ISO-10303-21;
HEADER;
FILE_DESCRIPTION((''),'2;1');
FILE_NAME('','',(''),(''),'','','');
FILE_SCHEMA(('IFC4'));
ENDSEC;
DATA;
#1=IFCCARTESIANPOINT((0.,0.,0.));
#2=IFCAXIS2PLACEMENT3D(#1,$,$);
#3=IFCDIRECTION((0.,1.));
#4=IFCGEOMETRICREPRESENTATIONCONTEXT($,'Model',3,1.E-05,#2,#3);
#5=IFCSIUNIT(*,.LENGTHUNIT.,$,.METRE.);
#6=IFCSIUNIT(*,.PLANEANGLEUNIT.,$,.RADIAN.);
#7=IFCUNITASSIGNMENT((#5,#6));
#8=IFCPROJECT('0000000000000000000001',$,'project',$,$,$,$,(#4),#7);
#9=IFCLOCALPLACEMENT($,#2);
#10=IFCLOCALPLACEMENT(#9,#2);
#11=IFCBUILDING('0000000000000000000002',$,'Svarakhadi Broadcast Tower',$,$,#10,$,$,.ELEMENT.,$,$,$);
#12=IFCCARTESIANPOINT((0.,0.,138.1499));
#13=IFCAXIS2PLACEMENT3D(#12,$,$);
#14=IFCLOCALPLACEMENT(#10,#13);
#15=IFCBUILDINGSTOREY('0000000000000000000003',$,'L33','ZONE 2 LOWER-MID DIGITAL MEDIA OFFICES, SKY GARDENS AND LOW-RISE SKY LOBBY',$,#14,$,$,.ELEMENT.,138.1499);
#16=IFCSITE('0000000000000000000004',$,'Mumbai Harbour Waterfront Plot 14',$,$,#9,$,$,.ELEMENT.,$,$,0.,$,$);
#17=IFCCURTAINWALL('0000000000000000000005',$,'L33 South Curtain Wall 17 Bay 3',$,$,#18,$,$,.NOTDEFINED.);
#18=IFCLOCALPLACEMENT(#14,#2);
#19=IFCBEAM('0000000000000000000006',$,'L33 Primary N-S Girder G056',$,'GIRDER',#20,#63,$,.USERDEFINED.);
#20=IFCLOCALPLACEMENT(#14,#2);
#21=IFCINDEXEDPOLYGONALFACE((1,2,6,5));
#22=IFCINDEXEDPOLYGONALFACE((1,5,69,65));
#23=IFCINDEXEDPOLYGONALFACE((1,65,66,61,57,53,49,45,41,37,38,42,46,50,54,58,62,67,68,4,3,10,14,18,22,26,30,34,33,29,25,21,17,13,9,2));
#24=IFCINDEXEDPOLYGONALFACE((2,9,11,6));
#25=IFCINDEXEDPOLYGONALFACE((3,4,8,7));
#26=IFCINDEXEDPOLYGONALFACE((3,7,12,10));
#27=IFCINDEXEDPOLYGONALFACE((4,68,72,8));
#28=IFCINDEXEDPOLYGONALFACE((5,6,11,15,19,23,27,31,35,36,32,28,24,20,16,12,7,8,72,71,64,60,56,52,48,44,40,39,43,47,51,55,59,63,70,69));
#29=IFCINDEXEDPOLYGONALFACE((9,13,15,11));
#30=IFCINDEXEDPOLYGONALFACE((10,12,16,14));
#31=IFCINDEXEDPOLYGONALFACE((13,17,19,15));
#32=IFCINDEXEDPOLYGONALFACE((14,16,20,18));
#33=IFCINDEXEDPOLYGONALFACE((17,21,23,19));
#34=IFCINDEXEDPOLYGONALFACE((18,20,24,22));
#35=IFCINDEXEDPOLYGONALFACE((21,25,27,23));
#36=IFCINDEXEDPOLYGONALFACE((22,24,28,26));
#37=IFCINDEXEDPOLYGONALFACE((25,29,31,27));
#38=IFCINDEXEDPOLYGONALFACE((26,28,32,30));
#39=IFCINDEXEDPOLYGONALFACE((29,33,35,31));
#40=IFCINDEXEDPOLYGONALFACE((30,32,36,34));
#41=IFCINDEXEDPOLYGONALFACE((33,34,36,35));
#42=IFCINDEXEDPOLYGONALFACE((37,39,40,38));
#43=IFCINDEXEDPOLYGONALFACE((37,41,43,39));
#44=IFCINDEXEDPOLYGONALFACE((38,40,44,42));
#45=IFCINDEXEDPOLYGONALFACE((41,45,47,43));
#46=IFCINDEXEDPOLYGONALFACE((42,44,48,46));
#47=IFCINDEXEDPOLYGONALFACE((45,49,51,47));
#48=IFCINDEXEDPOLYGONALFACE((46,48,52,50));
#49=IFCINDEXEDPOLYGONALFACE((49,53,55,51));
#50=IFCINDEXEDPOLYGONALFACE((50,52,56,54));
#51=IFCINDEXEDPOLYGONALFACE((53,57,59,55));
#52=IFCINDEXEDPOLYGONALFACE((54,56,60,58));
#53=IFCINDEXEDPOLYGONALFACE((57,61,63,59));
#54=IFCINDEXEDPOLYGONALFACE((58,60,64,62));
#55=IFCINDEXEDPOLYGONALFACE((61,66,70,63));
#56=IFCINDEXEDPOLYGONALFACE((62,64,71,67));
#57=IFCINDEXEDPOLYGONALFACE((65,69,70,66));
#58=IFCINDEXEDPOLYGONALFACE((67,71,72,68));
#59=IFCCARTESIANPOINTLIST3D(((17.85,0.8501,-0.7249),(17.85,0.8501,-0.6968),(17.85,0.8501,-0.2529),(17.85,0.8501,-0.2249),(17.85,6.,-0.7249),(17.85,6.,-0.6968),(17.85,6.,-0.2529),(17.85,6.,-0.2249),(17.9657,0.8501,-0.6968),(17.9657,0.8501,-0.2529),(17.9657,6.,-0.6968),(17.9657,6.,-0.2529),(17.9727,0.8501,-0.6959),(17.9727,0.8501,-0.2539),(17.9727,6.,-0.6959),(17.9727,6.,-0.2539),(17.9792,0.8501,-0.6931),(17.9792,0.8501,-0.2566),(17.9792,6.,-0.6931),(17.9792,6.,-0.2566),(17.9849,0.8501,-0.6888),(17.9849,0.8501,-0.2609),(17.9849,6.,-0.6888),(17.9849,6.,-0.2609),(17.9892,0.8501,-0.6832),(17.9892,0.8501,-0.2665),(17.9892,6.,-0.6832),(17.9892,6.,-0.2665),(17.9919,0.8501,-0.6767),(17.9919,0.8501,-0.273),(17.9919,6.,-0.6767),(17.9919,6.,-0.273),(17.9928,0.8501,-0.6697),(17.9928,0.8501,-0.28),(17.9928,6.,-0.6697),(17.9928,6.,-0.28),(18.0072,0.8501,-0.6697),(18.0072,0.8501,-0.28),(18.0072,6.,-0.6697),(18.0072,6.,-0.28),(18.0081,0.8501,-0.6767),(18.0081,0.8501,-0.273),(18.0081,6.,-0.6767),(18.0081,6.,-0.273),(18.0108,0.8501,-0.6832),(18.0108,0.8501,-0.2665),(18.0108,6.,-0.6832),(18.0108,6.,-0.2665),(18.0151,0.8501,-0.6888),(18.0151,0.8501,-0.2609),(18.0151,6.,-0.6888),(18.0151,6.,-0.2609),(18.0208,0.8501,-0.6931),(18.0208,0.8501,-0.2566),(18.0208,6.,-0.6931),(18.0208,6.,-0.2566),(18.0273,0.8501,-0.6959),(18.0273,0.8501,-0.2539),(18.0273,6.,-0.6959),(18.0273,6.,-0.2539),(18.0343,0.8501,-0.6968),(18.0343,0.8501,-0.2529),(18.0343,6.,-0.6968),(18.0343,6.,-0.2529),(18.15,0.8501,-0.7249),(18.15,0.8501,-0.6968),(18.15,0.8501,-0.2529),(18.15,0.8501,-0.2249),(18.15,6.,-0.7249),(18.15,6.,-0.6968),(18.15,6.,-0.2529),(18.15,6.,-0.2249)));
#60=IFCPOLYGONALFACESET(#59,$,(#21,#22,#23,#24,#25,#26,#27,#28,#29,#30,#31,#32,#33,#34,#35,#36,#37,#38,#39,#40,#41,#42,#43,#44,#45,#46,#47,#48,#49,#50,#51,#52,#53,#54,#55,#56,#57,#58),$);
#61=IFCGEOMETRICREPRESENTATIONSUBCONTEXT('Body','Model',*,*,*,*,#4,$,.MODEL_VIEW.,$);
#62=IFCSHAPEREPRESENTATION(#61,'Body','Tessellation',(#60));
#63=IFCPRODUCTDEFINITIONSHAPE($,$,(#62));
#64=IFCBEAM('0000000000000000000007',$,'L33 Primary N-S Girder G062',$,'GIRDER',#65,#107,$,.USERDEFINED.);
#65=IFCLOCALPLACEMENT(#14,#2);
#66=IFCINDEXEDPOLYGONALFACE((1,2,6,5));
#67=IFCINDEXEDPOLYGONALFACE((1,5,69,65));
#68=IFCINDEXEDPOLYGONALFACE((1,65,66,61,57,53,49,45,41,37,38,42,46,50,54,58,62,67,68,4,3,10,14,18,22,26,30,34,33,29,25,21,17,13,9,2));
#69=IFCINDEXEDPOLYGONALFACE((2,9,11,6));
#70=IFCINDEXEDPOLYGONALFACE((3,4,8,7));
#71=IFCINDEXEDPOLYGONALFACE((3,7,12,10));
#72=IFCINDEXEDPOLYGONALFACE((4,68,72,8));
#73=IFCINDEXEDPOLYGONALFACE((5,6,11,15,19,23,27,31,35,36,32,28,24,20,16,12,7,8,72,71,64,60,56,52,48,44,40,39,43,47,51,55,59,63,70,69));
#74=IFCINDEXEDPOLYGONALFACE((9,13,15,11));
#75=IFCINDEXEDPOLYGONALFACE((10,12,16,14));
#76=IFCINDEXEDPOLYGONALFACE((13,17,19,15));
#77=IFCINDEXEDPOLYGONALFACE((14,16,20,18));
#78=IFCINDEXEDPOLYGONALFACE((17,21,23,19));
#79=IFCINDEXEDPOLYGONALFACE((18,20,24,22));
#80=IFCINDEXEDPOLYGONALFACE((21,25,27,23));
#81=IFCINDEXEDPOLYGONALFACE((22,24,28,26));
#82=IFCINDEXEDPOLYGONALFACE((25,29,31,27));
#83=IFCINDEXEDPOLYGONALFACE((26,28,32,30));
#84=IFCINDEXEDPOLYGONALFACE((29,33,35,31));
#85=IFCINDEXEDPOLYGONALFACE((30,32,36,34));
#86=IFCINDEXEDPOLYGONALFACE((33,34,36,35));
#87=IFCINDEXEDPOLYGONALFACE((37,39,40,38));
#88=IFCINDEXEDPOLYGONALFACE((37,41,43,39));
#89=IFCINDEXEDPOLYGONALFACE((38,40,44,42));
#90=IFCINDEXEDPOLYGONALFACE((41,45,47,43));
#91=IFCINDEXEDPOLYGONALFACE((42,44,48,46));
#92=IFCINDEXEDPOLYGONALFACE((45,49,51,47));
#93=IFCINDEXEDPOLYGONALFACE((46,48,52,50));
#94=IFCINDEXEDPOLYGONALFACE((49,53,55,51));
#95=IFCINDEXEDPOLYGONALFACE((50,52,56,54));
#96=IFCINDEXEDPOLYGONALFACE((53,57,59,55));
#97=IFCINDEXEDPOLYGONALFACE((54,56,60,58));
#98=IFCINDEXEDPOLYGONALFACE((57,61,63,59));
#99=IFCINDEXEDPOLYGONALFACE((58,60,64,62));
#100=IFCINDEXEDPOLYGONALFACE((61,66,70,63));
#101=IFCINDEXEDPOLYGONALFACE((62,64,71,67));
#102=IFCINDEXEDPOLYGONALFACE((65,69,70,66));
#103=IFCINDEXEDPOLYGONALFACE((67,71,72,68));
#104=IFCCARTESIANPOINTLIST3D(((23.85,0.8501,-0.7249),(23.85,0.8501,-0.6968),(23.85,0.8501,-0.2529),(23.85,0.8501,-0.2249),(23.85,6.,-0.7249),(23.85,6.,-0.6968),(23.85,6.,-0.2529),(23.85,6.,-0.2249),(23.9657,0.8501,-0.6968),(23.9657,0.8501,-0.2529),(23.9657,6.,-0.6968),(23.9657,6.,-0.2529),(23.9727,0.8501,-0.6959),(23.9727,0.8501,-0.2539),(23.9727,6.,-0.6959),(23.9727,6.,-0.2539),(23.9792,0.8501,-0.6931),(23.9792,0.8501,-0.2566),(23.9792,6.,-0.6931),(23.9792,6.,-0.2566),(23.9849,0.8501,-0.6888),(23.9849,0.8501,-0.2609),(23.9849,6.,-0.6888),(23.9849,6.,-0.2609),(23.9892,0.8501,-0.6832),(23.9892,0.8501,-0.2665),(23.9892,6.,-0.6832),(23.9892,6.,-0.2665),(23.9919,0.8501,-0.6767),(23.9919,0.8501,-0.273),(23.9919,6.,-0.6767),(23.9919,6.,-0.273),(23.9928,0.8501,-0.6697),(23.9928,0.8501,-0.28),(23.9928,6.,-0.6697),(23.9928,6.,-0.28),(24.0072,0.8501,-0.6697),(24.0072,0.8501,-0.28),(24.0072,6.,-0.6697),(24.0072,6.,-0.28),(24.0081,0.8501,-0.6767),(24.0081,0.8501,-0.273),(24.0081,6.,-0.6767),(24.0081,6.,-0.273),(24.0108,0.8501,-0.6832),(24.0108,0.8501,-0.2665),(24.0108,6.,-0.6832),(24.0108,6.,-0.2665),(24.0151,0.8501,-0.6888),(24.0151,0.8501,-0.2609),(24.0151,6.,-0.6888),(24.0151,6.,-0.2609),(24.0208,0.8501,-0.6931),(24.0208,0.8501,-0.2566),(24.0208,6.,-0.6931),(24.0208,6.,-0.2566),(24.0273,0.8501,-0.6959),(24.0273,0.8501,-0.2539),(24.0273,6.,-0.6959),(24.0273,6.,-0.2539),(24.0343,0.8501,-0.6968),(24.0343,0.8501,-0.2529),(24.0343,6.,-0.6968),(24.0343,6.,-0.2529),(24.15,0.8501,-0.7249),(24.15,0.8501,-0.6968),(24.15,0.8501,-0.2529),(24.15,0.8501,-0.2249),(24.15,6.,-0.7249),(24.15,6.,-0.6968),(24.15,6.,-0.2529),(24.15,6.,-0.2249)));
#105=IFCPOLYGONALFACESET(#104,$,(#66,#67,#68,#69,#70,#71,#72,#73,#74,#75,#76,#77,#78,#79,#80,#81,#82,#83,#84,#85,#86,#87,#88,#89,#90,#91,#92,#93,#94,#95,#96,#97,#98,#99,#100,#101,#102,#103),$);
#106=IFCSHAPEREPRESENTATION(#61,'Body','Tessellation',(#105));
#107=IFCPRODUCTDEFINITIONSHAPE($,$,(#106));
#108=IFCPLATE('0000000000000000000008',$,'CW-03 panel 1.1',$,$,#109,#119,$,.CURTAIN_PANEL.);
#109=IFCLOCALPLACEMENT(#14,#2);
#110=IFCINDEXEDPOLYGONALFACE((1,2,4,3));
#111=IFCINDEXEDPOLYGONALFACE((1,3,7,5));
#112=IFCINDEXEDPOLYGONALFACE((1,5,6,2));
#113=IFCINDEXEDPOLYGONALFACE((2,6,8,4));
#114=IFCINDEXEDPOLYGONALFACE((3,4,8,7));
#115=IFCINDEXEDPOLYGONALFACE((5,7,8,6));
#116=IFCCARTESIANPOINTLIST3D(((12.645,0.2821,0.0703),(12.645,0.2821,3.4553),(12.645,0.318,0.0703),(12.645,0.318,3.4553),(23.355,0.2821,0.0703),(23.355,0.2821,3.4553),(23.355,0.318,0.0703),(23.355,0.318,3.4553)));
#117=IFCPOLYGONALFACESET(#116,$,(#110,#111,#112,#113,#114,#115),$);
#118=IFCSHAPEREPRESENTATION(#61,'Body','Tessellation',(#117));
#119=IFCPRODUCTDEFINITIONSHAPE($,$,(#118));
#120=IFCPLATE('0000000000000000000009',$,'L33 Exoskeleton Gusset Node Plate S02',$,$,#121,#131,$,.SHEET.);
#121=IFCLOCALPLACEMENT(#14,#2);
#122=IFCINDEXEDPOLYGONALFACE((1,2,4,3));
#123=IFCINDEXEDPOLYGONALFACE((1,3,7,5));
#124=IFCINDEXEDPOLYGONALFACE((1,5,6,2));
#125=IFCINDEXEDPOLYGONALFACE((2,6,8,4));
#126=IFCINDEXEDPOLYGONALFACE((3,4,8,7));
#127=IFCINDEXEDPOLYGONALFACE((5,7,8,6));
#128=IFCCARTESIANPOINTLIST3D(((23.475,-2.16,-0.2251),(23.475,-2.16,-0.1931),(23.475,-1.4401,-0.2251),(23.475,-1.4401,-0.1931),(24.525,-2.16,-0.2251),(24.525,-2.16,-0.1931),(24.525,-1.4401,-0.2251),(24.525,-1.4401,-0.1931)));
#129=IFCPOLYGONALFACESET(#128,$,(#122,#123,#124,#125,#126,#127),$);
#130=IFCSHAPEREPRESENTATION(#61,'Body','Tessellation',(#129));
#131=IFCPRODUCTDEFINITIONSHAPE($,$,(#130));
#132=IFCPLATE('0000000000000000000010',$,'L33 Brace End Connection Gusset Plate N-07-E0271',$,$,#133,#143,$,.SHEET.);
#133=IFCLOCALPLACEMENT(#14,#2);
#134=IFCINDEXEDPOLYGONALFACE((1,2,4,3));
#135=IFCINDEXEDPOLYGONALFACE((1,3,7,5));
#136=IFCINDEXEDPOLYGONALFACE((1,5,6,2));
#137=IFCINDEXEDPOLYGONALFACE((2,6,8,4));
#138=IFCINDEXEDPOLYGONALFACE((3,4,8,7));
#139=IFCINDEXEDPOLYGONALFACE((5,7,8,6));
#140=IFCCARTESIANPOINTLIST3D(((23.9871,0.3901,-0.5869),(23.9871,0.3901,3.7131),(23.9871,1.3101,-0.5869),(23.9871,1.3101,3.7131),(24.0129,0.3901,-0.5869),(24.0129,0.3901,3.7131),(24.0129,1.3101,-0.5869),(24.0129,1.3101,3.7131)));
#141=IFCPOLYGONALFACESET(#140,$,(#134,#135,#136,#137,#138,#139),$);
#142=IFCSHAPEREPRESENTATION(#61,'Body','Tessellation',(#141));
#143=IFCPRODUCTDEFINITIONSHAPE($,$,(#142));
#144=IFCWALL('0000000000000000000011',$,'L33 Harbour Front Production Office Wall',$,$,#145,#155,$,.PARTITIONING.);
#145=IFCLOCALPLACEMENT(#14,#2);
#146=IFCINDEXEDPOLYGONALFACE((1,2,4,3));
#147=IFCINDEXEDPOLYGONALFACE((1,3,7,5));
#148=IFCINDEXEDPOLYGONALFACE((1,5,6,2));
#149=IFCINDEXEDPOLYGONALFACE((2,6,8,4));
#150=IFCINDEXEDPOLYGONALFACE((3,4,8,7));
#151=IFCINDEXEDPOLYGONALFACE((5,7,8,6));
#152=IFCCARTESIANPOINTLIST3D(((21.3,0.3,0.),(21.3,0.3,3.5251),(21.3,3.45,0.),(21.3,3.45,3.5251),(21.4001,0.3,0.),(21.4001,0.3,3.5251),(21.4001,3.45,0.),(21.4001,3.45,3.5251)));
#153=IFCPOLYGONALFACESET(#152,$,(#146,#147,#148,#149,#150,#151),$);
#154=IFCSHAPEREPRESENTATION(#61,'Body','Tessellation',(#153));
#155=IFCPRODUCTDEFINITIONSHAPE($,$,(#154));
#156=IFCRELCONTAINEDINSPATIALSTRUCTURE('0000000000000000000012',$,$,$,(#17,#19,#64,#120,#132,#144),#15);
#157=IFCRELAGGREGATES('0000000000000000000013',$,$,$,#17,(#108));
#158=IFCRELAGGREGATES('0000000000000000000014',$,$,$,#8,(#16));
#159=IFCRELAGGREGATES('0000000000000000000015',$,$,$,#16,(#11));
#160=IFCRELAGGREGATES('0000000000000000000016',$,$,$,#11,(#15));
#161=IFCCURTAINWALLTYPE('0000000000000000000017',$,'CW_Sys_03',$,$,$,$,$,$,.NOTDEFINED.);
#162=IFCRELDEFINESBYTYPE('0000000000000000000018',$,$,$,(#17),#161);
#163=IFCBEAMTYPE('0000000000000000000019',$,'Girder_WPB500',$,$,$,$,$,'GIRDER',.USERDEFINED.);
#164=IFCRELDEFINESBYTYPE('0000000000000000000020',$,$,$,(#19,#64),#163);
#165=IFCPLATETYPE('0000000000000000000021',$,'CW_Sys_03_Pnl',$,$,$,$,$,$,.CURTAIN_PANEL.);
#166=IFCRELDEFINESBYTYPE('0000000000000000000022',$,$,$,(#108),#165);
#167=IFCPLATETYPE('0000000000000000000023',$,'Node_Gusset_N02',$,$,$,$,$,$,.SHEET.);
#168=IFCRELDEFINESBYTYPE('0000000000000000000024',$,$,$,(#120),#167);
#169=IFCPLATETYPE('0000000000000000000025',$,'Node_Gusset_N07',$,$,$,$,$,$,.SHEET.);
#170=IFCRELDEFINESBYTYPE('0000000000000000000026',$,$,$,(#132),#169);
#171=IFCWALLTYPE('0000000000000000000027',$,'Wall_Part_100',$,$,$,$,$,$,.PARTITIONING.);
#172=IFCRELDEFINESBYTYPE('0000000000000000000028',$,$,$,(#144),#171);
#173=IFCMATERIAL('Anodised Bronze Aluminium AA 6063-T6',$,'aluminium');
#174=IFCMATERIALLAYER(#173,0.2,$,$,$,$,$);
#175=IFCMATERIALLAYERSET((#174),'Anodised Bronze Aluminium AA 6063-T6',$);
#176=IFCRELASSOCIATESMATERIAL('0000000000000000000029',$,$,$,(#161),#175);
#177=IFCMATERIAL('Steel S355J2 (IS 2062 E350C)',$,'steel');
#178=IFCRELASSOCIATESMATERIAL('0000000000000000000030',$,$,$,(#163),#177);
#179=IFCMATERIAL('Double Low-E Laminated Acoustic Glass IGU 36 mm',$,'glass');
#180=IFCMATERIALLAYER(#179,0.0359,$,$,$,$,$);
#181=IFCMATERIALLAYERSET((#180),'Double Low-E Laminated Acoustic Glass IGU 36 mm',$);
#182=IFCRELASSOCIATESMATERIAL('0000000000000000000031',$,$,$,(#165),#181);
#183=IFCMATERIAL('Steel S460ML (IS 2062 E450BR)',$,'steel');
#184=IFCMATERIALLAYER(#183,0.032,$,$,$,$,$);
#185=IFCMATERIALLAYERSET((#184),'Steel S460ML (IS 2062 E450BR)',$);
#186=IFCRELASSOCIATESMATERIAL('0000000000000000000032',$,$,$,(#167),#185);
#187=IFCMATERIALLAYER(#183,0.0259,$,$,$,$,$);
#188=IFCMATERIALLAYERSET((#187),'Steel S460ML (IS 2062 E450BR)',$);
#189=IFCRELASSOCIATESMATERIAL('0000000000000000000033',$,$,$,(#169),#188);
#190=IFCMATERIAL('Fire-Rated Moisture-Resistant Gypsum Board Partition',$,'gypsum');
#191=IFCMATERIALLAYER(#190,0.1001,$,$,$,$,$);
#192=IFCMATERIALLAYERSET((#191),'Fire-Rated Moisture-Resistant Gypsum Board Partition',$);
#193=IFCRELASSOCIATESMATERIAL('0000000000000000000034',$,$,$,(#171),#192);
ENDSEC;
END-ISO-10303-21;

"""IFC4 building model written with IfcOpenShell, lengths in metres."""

from ifc_helpers import new_model, si_unit, direction, frame, frame_2d, origin, origin_2d, place, context, subcontext, project, spatial, rectangle, i_section, extrude, material, layer, layer_set, material_profile, profile_set, type_object, element, aggregate, save


model = new_model("IFC4")

# Units and contexts
model_context = context("Model", 3, precision=1e-05, world=origin(), true_north=direction((0.0, 1.0)))
body_context = subcontext(model_context, "Body", "Model", "MODEL_VIEW")
ifc_project = project(units=[si_unit("LENGTHUNIT", "METRE"), si_unit("PLANEANGLEUNIT", "RADIAN")], contexts=[model_context])

# Site, building, storey
site_placement = place(None, origin())
site = spatial("IfcSite", under=ifc_project, at=site_placement, Name="Mumbai Harbour Waterfront Plot 14", CompositionType="ELEMENT", RefElevation=0.0)
building_placement = place(site_placement, origin())
building = spatial("IfcBuilding", under=site, at=building_placement, Name="Svarakhadi Broadcast Tower", CompositionType="ELEMENT")
storey_placement = place(building_placement, frame((0.0, 0.0, 138.1499)))
storey = spatial("IfcBuildingStorey", under=building, at=storey_placement, Name="L33", Description="ZONE 2 LOWER-MID DIGITAL MEDIA OFFICES, SKY GARDENS AND LOW-RISE SKY LOBBY", CompositionType="ELEMENT", Elevation=138.1499)

# Curtain wall
ifc_material_1 = material(Name="Anodised Bronze Aluminium AA 6063-T6", Category="aluminium")
ifc_layer_1 = layer(ifc_material_1, 0.2)
ifc_layer_set_1 = layer_set([ifc_layer_1], Name="Anodised Bronze Aluminium AA 6063-T6")
curtain_wall_type = type_object("IfcCurtainWallType", Name="CW_Sys_03", PredefinedType="NOTDEFINED", material=ifc_layer_set_1)
curtain_wall_placement = place(storey_placement, origin())
curtain_wall = element("IfcCurtainWall", 1, at=curtain_wall_placement, inside=storey, type_object=curtain_wall_type, Name="L33 South Curtain Wall 17 Bay 3", PredefinedType="NOTDEFINED")

# Shared definitions
ifc_material_2 = material(Name="Steel S460ML (IS 2062 E450BR)", Category="steel")

# Beams
ifc_material_3 = material(Name="Steel S355J2 (IS 2062 E350C)", Category="steel")
ifc_material_profile_1 = material_profile(ifc_material_3, i_section(OverallWidth=0.3, OverallDepth=0.5, WebThickness=0.0144, FlangeThickness=0.0281, FilletRadius=0.0271, at=origin_2d()), Name="WPB 500x300x187")
ifc_profile_set_1 = profile_set([ifc_material_profile_1], Name="Steel S355J2 (IS 2062 E350C)")
beam_type = type_object("IfcBeamType", Name="Girder_WPB500", ElementType="GIRDER", PredefinedType="USERDEFINED", material=ifc_profile_set_1)
for number, where, z_axis, x_axis, name in (
    (2, (18.0, 0.8501, -0.4749), (0.0, 1.0, 0.0), (-1.0, 0.0, 0.0), "L33 Primary N-S Girder G056"),
    (3, (24.0, 0.8501, -0.4749), (0.0, 1.0, 0.0), (-1.0, 0.0, 0.0), "L33 Primary N-S Girder G062"),
):
    element("IfcBeam", number, at=place(storey_placement, frame(where, z_axis=z_axis, x_axis=x_axis)), inside=storey, type_object=beam_type, Name=name, ObjectType="GIRDER", PredefinedType="USERDEFINED", context=body_context, shape_type="SweptSolid", body=[
        extrude(i_section(OverallWidth=0.3, OverallDepth=0.5, WebThickness=0.0144, FlangeThickness=0.0281, FilletRadius=0.0271, at=origin_2d()), origin(), (0.0, 0.0, 1.0), 5.1499),
    ])

# Plate
ifc_material_4 = material(Name="Double Low-E Laminated Acoustic Glass IGU 36 mm", Category="glass")
ifc_layer_2 = layer(ifc_material_4, 0.0359)
ifc_layer_set_2 = layer_set([ifc_layer_2], Name="Double Low-E Laminated Acoustic Glass IGU 36 mm")
plate_type_1 = type_object("IfcPlateType", Name="CW_Sys_03_Pnl", PredefinedType="CURTAIN_PANEL", material=ifc_layer_set_2)
plate_1_placement = place(storey_placement, frame((18.0, 0.3, 0.0703), z_axis=(0.0, 0.0, 1.0), x_axis=(-1.0, 0.0, 0.0)))
plate_1 = element("IfcPlate", 4, at=plate_1_placement, type_object=plate_type_1, Name="CW-03 panel 1.1", PredefinedType="CURTAIN_PANEL", context=body_context, shape_type="SweptSolid", body=[
    extrude(rectangle(XDim=10.71, YDim=0.0359, at=origin_2d()), origin(), (0.0, 0.0, 1.0), 3.385),
])
aggregate(curtain_wall, [plate_1])

# Plates
ifc_layer_3 = layer(ifc_material_2, 0.032)
ifc_layer_set_3 = layer_set([ifc_layer_3], Name="Steel S460ML (IS 2062 E450BR)")
plate_type_2 = type_object("IfcPlateType", Name="Node_Gusset_N02", PredefinedType="SHEET", material=ifc_layer_set_3)
plate_2_placement = place(storey_placement, frame((24.0, -1.8, -0.2251), z_axis=(0.0, 0.0, 1.0), x_axis=(1.0, 0.0, 0.0)))
element("IfcPlate", 5, at=plate_2_placement, inside=storey, type_object=plate_type_2, Name="L33 Exoskeleton Gusset Node Plate S02", PredefinedType="SHEET", context=body_context, shape_type="SweptSolid", body=[
    extrude(rectangle(XDim=1.05, YDim=0.72, at=origin_2d()), origin(), (0.0, 0.0, 1.0), 0.032),
])
ifc_layer_4 = layer(ifc_material_2, 0.0259)
ifc_layer_set_4 = layer_set([ifc_layer_4], Name="Steel S460ML (IS 2062 E450BR)")
plate_type_3 = type_object("IfcPlateType", Name="Node_Gusset_N07", PredefinedType="SHEET", material=ifc_layer_set_4)
plate_3_placement = place(storey_placement, frame((24.0, 0.8501, -0.5869), z_axis=(0.0, 0.0, 1.0), x_axis=(0.0, 1.0, 0.0)))
element("IfcPlate", 6, at=plate_3_placement, inside=storey, type_object=plate_type_3, Name="L33 Brace End Connection Gusset Plate N-07-E0271", PredefinedType="SHEET", context=body_context, shape_type="SweptSolid", body=[
    extrude(rectangle(XDim=0.9199, YDim=0.0259, at=origin_2d()), origin(), (0.0, 0.0, 1.0), 4.3),
])

# Wall
ifc_material_5 = material(Name="Fire-Rated Moisture-Resistant Gypsum Board Partition", Category="gypsum")
ifc_layer_5 = layer(ifc_material_5, 0.1001)
ifc_layer_set_5 = layer_set([ifc_layer_5], Name="Fire-Rated Moisture-Resistant Gypsum Board Partition")
wall_type = type_object("IfcWallType", Name="Wall_Part_100", PredefinedType="PARTITIONING", material=ifc_layer_set_5)
wall_placement = place(storey_placement, frame((21.3501, 0.3, 0.0), z_axis=(0.0, 0.0, 1.0), x_axis=(0.0, 1.0, 0.0)))
element("IfcWall", 7, at=wall_placement, inside=storey, type_object=wall_type, Name="L33 Harbour Front Production Office Wall", PredefinedType="PARTITIONING", context=body_context, shape_type="SweptSolid", body=[
    extrude(rectangle(XDim=3.1499, YDim=0.1001, at=frame_2d((1.575, 0.0))), origin(), (0.0, 0.0, 1.0), 3.5251),
])

save(model, "model.ifc")
